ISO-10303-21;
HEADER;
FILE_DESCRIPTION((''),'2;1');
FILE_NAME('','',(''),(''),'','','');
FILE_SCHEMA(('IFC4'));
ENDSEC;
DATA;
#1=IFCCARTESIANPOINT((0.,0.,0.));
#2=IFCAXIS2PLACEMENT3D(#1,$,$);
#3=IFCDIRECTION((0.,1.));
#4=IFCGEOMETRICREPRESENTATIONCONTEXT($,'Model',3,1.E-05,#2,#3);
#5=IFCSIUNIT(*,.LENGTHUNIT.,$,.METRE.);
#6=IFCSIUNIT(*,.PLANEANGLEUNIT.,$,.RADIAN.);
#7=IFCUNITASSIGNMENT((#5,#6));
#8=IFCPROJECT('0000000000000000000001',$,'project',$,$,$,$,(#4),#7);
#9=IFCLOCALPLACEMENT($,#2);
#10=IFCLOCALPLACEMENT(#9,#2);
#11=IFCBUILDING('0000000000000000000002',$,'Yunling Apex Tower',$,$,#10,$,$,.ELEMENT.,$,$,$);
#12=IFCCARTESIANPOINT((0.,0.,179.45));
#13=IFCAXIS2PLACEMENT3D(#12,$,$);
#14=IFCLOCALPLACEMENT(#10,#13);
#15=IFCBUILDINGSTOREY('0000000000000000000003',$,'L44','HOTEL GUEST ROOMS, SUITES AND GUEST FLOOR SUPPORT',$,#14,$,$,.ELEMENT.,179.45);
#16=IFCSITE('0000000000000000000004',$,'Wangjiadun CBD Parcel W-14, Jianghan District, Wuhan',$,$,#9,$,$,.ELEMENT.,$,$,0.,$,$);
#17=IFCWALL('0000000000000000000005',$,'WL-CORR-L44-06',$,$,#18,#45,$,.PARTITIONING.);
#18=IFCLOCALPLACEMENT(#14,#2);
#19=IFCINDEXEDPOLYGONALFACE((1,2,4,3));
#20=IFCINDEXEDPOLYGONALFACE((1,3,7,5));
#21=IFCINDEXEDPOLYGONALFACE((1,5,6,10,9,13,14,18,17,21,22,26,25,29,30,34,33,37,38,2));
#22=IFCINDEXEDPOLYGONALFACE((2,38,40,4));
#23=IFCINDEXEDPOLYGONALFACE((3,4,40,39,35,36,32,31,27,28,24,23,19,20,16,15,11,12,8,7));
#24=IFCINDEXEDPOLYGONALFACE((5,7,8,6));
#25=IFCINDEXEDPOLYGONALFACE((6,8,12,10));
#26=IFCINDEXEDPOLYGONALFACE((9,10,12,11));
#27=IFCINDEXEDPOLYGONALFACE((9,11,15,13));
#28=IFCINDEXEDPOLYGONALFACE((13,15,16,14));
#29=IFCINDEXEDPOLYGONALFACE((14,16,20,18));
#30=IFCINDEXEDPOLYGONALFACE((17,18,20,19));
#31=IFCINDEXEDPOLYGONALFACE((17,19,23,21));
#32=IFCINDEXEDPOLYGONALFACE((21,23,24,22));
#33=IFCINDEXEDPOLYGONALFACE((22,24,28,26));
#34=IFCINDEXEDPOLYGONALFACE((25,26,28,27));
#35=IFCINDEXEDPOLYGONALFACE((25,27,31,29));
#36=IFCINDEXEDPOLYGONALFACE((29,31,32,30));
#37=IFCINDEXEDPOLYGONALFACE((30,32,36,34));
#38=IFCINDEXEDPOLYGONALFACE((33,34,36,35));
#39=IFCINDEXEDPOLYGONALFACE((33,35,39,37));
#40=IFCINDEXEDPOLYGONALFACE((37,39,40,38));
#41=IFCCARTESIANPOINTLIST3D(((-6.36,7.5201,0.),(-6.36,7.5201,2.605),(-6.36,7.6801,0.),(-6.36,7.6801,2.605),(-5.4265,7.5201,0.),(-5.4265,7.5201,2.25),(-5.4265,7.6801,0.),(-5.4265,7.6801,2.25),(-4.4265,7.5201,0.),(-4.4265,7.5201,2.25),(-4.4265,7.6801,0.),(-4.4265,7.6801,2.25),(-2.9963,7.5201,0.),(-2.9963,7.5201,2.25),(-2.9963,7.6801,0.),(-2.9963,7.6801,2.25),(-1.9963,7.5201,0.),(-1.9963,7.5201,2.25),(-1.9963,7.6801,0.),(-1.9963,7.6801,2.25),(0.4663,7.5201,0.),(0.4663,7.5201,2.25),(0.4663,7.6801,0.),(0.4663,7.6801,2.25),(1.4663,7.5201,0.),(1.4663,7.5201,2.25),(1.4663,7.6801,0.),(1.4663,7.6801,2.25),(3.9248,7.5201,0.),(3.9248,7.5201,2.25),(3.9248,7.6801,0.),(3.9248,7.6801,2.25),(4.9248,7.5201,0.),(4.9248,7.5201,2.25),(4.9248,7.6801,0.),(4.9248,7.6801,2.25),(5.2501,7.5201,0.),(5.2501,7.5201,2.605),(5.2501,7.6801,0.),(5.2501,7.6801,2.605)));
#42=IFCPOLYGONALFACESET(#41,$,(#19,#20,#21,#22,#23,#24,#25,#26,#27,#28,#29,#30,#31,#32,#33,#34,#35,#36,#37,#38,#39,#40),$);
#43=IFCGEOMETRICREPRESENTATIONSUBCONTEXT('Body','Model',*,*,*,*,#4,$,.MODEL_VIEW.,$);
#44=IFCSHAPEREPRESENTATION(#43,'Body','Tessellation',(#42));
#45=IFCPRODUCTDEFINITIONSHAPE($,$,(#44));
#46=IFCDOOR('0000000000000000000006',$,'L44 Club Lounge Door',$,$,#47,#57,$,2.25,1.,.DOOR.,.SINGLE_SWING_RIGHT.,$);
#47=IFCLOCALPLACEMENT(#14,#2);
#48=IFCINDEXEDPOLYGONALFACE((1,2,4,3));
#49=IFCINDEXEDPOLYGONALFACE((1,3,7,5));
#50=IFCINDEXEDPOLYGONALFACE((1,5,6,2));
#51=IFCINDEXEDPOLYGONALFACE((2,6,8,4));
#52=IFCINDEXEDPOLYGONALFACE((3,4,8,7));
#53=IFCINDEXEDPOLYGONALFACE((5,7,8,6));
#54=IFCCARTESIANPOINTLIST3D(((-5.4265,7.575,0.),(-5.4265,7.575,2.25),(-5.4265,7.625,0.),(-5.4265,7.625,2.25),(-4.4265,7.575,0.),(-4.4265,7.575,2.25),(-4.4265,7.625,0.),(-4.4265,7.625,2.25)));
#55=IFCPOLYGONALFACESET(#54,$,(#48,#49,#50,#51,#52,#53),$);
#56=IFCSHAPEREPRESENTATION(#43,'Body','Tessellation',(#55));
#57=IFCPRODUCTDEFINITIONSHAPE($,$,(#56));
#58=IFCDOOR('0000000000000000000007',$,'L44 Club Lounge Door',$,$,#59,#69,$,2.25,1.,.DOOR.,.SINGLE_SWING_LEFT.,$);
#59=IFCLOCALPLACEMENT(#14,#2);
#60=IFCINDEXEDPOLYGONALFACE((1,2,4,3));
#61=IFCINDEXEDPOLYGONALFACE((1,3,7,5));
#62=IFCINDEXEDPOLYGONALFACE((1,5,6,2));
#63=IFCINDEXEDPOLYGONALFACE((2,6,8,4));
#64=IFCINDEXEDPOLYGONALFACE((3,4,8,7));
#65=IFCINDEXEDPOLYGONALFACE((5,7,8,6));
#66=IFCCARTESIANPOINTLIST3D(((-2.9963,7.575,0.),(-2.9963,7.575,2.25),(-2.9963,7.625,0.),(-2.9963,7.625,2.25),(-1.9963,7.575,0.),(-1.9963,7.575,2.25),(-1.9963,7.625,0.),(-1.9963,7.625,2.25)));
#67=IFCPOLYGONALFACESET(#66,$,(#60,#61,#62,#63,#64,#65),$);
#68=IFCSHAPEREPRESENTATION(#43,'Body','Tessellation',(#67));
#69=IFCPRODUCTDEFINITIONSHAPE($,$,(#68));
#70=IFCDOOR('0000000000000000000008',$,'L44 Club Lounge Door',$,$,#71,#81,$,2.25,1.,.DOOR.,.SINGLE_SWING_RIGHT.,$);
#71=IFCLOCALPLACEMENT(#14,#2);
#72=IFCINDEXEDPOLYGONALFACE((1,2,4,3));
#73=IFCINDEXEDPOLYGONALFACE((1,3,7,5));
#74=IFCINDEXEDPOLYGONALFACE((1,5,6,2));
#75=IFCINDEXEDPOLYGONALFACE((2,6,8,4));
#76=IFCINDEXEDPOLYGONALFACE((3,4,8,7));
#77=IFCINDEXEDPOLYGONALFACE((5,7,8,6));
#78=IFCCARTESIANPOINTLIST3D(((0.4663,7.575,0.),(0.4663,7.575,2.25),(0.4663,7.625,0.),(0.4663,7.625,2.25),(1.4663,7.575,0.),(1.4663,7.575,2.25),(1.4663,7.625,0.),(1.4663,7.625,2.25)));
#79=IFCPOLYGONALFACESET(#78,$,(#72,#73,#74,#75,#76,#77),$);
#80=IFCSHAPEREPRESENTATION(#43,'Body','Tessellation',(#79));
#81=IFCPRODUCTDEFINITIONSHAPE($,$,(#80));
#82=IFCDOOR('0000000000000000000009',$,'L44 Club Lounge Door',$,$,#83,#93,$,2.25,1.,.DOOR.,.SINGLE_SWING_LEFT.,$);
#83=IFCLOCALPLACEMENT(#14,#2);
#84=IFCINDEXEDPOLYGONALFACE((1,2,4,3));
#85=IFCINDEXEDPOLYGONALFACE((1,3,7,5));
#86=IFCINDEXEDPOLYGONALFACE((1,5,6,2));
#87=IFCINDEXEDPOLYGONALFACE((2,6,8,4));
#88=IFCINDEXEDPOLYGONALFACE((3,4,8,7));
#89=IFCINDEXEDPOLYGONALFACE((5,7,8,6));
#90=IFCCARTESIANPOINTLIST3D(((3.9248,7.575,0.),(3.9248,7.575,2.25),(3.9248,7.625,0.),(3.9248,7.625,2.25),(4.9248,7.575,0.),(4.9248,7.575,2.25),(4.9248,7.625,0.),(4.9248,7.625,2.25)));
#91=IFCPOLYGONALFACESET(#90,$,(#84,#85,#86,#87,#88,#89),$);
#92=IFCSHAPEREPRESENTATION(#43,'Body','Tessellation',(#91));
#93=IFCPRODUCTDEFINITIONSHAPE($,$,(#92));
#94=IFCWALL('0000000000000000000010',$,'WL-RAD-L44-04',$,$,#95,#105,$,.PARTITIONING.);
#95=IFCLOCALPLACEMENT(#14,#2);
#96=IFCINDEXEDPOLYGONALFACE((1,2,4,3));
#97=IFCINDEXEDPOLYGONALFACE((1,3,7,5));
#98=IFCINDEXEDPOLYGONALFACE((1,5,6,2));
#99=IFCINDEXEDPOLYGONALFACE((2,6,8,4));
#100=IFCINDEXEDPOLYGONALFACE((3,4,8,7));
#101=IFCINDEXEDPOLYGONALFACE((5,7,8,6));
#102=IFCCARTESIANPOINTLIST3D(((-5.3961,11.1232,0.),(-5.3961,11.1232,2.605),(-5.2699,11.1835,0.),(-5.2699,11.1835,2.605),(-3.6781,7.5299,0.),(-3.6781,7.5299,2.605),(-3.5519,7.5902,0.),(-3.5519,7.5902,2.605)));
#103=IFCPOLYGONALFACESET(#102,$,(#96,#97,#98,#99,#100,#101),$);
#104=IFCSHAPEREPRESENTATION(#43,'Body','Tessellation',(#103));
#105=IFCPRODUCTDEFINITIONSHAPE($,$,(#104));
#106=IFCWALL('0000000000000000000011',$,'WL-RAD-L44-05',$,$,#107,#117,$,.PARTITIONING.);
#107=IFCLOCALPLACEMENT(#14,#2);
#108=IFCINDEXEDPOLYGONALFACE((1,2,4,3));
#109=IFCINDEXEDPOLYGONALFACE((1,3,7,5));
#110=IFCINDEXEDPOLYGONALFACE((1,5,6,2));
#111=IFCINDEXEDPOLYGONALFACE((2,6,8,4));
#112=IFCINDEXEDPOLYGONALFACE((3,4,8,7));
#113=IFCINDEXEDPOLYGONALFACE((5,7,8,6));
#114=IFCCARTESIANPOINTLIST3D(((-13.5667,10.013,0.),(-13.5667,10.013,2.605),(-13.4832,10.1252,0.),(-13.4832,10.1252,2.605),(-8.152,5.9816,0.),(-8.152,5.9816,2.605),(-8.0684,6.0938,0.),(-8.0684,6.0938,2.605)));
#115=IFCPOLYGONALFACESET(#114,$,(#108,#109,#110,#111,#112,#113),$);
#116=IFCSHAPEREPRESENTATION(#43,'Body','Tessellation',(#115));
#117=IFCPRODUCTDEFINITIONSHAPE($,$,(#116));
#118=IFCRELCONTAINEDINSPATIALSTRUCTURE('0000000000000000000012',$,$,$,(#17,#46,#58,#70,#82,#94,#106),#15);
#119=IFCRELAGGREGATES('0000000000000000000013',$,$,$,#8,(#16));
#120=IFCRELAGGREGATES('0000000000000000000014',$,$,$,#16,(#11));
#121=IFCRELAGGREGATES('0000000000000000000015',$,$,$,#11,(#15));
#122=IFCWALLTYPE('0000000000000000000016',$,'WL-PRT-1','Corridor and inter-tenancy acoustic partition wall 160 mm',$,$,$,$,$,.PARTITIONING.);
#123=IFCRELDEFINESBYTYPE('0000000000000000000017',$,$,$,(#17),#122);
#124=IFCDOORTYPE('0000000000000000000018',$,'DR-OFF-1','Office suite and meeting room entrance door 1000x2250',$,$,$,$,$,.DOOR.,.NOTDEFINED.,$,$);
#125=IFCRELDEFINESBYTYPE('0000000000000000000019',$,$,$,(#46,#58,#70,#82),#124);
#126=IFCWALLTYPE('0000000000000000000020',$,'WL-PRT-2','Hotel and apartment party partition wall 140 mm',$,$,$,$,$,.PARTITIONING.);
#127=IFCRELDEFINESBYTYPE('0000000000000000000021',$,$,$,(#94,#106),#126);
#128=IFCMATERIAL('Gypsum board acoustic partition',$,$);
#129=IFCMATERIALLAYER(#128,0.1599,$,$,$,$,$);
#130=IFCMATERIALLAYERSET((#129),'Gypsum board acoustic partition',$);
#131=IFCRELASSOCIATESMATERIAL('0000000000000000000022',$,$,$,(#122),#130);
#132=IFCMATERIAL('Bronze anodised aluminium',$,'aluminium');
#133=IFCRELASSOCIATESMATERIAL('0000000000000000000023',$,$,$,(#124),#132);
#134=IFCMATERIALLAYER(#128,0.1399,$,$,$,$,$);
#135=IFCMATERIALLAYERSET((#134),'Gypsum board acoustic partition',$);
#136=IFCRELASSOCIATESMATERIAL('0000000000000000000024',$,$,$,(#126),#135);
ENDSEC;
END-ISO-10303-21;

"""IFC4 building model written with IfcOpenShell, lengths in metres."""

from ifc_helpers import new_model, si_unit, direction, frame, frame_2d, origin, place, context, subcontext, project, spatial, rectangle, extrude, material, layer, layer_set, type_object, element, fill, save


model = new_model("IFC4")

# Units and contexts
model_context = context("Model", 3, precision=1e-05, world=origin(), true_north=direction((0.0, 1.0)))
body_context = subcontext(model_context, "Body", "Model", "MODEL_VIEW")
ifc_project = project(units=[si_unit("LENGTHUNIT", "METRE"), si_unit("PLANEANGLEUNIT", "RADIAN")], contexts=[model_context])

# Site, building, storey
site_placement = place(None, origin())
site = spatial("IfcSite", under=ifc_project, at=site_placement, Name="Wangjiadun CBD Parcel W-14, Jianghan District, Wuhan", CompositionType="ELEMENT", RefElevation=0.0)
building_placement = place(site_placement, origin())
building = spatial("IfcBuilding", under=site, at=building_placement, Name="Yunling Apex Tower", CompositionType="ELEMENT")
storey_placement = place(building_placement, frame((0.0, 0.0, 179.45)))
storey = spatial("IfcBuildingStorey", under=building, at=storey_placement, Name="L44", Description="HOTEL GUEST ROOMS, SUITES AND GUEST FLOOR SUPPORT", CompositionType="ELEMENT", Elevation=179.45)

# Shared definitions
ifc_material_1 = material(Name="Bronze anodised aluminium", Category="aluminium")

# Shared definitions
ifc_material_2 = material(Name="Gypsum board acoustic partition")
ifc_layer_1 = layer(ifc_material_2, 0.1599)
ifc_layer_set_1 = layer_set([ifc_layer_1], Name="Gypsum board acoustic partition")
wall_type_1 = type_object("IfcWallType", Name="WL-PRT-1", Description="Corridor and inter-tenancy acoustic partition wall 160 mm", PredefinedType="PARTITIONING", material=ifc_layer_set_1)

# Wall, openings, doors
wall_1_placement = place(storey_placement, frame((-6.3601, 7.6001, 0.0), z_axis=(0.0, 0.0, 1.0), x_axis=(1.0, 0.0, 0.0)))
wall_1 = element("IfcWall", 1, at=wall_1_placement, inside=storey, type_object=wall_type_1, Name="WL-CORR-L44-06", PredefinedType="PARTITIONING", context=body_context, shape_type="SweptSolid", body=[
    extrude(rectangle(XDim=11.6101, YDim=0.1599, at=frame_2d((5.8052, 0.0))), origin(), (0.0, 0.0, 1.0), 2.605),
])
opening_1_placement = place(wall_1_placement, frame((0.9336, 0.0, 0.0)))
opening_1 = element("IfcOpeningElement", 2, at=opening_1_placement, cuts=wall_1, PredefinedType="OPENING", context=body_context, shape_type="SweptSolid", body=[
    extrude(rectangle(XDim=1.0, YDim=2.25, at=frame_2d((0.5, 1.125))), frame((0.0, 0.0898, 0.0), z_axis=(0.0, -1.0, 0.0), x_axis=(1.0, 0.0, 0.0)), (0.0, 0.0, 1.0), 0.1799),
])
opening_2_placement = place(wall_1_placement, frame((3.3638, 0.0, 0.0)))
opening_2 = element("IfcOpeningElement", 3, at=opening_2_placement, cuts=wall_1, PredefinedType="OPENING", context=body_context, shape_type="SweptSolid", body=[
    extrude(rectangle(XDim=1.0, YDim=2.25, at=frame_2d((0.5, 1.125))), frame((0.0, 0.0898, 0.0), z_axis=(0.0, -1.0, 0.0), x_axis=(1.0, 0.0, 0.0)), (0.0, 0.0, 1.0), 0.1799),
])
opening_3_placement = place(wall_1_placement, frame((6.8264, 0.0, 0.0)))
opening_3 = element("IfcOpeningElement", 4, at=opening_3_placement, cuts=wall_1, PredefinedType="OPENING", context=body_context, shape_type="SweptSolid", body=[
    extrude(rectangle(XDim=1.0, YDim=2.25, at=frame_2d((0.5, 1.125))), frame((0.0, 0.0898, 0.0), z_axis=(0.0, -1.0, 0.0), x_axis=(1.0, 0.0, 0.0)), (0.0, 0.0, 1.0), 0.1799),
])
opening_4_placement = place(wall_1_placement, frame((10.2849, 0.0, 0.0)))
opening_4 = element("IfcOpeningElement", 5, at=opening_4_placement, cuts=wall_1, PredefinedType="OPENING", context=body_context, shape_type="SweptSolid", body=[
    extrude(rectangle(XDim=1.0, YDim=2.25, at=frame_2d((0.5, 1.125))), frame((0.0, 0.0898, 0.0), z_axis=(0.0, -1.0, 0.0), x_axis=(1.0, 0.0, 0.0)), (0.0, 0.0, 1.0), 0.1799),
])
door_type_1 = type_object("IfcDoorType", Name="DR-OFF-1", Description="Office suite and meeting room entrance door 1000x2250", OperationType="NOTDEFINED", PredefinedType="DOOR", material=ifc_material_1)
door_1_placement = place(opening_1_placement, origin())
door_1 = element("IfcDoor", 6, at=door_1_placement, inside=storey, type_object=door_type_1, Name="L44 Club Lounge Door", OperationType="SINGLE_SWING_RIGHT", OverallHeight=2.25, OverallWidth=1.0, PredefinedType="DOOR", context=body_context, shape_type="SweptSolid", body=[
    extrude(rectangle(XDim=1.0, YDim=2.25, at=frame_2d((0.5, 1.125))), frame((0.0, 0.0249, 0.0), z_axis=(0.0, -1.0, 0.0), x_axis=(1.0, 0.0, 0.0)), (0.0, 0.0, 1.0), 0.05),
])
fill(opening_1, door_1)
door_2_placement = place(opening_2_placement, origin())
door_2 = element("IfcDoor", 7, at=door_2_placement, inside=storey, type_object=door_type_1, Name="L44 Club Lounge Door", OperationType="SINGLE_SWING_LEFT", OverallHeight=2.25, OverallWidth=1.0, PredefinedType="DOOR", context=body_context, shape_type="SweptSolid", body=[
    extrude(rectangle(XDim=1.0, YDim=2.25, at=frame_2d((0.5, 1.125))), frame((0.0, 0.0249, 0.0), z_axis=(0.0, -1.0, 0.0), x_axis=(1.0, 0.0, 0.0)), (0.0, 0.0, 1.0), 0.05),
])
fill(opening_2, door_2)
door_3_placement = place(opening_3_placement, origin())
door_3 = element("IfcDoor", 8, at=door_3_placement, inside=storey, type_object=door_type_1, Name="L44 Club Lounge Door", OperationType="SINGLE_SWING_RIGHT", OverallHeight=2.25, OverallWidth=1.0, PredefinedType="DOOR", context=body_context, shape_type="SweptSolid", body=[
    extrude(rectangle(XDim=1.0, YDim=2.25, at=frame_2d((0.5, 1.125))), frame((0.0, 0.0249, 0.0), z_axis=(0.0, -1.0, 0.0), x_axis=(1.0, 0.0, 0.0)), (0.0, 0.0, 1.0), 0.05),
])
fill(opening_3, door_3)
door_4_placement = place(opening_4_placement, origin())
door_4 = element("IfcDoor", 9, at=door_4_placement, inside=storey, type_object=door_type_1, Name="L44 Club Lounge Door", OperationType="SINGLE_SWING_LEFT", OverallHeight=2.25, OverallWidth=1.0, PredefinedType="DOOR", context=body_context, shape_type="SweptSolid", body=[
    extrude(rectangle(XDim=1.0, YDim=2.25, at=frame_2d((0.5, 1.125))), frame((0.0, 0.0249, 0.0), z_axis=(0.0, -1.0, 0.0), x_axis=(1.0, 0.0, 0.0)), (0.0, 0.0, 1.0), 0.05),
])
fill(opening_4, door_4)

# Walls
ifc_layer_2 = layer(ifc_material_2, 0.1399)
ifc_layer_set_2 = layer_set([ifc_layer_2], Name="Gypsum board acoustic partition")
wall_type_2 = type_object("IfcWallType", Name="WL-PRT-2", Description="Hotel and apartment party partition wall 140 mm", PredefinedType="PARTITIONING", material=ifc_layer_set_2)
wall_2_placement = place(storey_placement, frame((-3.615, 7.5601, 0.0), z_axis=(0.0, 0.0, 1.0), x_axis=(-0.431354, 0.902183, 0.0)))
element("IfcWall", 10, at=wall_2_placement, inside=storey, type_object=wall_type_2, Name="WL-RAD-L44-04", PredefinedType="PARTITIONING", context=body_context, shape_type="SweptSolid", body=[
    extrude(rectangle(XDim=3.9829, YDim=0.1399, at=frame_2d((1.9915, 0.0))), origin(), (0.0, 0.0, 1.0), 2.605),
])
wall_3_placement = place(storey_placement, frame((-8.1101, 6.0376, 0.0), z_axis=(0.0, 0.0, 1.0), x_axis=(-0.8021, 0.59719, 0.0)))
element("IfcWall", 11, at=wall_3_placement, inside=storey, type_object=wall_type_2, Name="WL-RAD-L44-05", PredefinedType="PARTITIONING", context=body_context, shape_type="SweptSolid", body=[
    extrude(rectangle(XDim=6.7507, YDim=0.1399, at=frame_2d((3.3755, 0.0))), origin(), (0.0, 0.0, 1.0), 2.605),
])

save(model, "model.ifc")
